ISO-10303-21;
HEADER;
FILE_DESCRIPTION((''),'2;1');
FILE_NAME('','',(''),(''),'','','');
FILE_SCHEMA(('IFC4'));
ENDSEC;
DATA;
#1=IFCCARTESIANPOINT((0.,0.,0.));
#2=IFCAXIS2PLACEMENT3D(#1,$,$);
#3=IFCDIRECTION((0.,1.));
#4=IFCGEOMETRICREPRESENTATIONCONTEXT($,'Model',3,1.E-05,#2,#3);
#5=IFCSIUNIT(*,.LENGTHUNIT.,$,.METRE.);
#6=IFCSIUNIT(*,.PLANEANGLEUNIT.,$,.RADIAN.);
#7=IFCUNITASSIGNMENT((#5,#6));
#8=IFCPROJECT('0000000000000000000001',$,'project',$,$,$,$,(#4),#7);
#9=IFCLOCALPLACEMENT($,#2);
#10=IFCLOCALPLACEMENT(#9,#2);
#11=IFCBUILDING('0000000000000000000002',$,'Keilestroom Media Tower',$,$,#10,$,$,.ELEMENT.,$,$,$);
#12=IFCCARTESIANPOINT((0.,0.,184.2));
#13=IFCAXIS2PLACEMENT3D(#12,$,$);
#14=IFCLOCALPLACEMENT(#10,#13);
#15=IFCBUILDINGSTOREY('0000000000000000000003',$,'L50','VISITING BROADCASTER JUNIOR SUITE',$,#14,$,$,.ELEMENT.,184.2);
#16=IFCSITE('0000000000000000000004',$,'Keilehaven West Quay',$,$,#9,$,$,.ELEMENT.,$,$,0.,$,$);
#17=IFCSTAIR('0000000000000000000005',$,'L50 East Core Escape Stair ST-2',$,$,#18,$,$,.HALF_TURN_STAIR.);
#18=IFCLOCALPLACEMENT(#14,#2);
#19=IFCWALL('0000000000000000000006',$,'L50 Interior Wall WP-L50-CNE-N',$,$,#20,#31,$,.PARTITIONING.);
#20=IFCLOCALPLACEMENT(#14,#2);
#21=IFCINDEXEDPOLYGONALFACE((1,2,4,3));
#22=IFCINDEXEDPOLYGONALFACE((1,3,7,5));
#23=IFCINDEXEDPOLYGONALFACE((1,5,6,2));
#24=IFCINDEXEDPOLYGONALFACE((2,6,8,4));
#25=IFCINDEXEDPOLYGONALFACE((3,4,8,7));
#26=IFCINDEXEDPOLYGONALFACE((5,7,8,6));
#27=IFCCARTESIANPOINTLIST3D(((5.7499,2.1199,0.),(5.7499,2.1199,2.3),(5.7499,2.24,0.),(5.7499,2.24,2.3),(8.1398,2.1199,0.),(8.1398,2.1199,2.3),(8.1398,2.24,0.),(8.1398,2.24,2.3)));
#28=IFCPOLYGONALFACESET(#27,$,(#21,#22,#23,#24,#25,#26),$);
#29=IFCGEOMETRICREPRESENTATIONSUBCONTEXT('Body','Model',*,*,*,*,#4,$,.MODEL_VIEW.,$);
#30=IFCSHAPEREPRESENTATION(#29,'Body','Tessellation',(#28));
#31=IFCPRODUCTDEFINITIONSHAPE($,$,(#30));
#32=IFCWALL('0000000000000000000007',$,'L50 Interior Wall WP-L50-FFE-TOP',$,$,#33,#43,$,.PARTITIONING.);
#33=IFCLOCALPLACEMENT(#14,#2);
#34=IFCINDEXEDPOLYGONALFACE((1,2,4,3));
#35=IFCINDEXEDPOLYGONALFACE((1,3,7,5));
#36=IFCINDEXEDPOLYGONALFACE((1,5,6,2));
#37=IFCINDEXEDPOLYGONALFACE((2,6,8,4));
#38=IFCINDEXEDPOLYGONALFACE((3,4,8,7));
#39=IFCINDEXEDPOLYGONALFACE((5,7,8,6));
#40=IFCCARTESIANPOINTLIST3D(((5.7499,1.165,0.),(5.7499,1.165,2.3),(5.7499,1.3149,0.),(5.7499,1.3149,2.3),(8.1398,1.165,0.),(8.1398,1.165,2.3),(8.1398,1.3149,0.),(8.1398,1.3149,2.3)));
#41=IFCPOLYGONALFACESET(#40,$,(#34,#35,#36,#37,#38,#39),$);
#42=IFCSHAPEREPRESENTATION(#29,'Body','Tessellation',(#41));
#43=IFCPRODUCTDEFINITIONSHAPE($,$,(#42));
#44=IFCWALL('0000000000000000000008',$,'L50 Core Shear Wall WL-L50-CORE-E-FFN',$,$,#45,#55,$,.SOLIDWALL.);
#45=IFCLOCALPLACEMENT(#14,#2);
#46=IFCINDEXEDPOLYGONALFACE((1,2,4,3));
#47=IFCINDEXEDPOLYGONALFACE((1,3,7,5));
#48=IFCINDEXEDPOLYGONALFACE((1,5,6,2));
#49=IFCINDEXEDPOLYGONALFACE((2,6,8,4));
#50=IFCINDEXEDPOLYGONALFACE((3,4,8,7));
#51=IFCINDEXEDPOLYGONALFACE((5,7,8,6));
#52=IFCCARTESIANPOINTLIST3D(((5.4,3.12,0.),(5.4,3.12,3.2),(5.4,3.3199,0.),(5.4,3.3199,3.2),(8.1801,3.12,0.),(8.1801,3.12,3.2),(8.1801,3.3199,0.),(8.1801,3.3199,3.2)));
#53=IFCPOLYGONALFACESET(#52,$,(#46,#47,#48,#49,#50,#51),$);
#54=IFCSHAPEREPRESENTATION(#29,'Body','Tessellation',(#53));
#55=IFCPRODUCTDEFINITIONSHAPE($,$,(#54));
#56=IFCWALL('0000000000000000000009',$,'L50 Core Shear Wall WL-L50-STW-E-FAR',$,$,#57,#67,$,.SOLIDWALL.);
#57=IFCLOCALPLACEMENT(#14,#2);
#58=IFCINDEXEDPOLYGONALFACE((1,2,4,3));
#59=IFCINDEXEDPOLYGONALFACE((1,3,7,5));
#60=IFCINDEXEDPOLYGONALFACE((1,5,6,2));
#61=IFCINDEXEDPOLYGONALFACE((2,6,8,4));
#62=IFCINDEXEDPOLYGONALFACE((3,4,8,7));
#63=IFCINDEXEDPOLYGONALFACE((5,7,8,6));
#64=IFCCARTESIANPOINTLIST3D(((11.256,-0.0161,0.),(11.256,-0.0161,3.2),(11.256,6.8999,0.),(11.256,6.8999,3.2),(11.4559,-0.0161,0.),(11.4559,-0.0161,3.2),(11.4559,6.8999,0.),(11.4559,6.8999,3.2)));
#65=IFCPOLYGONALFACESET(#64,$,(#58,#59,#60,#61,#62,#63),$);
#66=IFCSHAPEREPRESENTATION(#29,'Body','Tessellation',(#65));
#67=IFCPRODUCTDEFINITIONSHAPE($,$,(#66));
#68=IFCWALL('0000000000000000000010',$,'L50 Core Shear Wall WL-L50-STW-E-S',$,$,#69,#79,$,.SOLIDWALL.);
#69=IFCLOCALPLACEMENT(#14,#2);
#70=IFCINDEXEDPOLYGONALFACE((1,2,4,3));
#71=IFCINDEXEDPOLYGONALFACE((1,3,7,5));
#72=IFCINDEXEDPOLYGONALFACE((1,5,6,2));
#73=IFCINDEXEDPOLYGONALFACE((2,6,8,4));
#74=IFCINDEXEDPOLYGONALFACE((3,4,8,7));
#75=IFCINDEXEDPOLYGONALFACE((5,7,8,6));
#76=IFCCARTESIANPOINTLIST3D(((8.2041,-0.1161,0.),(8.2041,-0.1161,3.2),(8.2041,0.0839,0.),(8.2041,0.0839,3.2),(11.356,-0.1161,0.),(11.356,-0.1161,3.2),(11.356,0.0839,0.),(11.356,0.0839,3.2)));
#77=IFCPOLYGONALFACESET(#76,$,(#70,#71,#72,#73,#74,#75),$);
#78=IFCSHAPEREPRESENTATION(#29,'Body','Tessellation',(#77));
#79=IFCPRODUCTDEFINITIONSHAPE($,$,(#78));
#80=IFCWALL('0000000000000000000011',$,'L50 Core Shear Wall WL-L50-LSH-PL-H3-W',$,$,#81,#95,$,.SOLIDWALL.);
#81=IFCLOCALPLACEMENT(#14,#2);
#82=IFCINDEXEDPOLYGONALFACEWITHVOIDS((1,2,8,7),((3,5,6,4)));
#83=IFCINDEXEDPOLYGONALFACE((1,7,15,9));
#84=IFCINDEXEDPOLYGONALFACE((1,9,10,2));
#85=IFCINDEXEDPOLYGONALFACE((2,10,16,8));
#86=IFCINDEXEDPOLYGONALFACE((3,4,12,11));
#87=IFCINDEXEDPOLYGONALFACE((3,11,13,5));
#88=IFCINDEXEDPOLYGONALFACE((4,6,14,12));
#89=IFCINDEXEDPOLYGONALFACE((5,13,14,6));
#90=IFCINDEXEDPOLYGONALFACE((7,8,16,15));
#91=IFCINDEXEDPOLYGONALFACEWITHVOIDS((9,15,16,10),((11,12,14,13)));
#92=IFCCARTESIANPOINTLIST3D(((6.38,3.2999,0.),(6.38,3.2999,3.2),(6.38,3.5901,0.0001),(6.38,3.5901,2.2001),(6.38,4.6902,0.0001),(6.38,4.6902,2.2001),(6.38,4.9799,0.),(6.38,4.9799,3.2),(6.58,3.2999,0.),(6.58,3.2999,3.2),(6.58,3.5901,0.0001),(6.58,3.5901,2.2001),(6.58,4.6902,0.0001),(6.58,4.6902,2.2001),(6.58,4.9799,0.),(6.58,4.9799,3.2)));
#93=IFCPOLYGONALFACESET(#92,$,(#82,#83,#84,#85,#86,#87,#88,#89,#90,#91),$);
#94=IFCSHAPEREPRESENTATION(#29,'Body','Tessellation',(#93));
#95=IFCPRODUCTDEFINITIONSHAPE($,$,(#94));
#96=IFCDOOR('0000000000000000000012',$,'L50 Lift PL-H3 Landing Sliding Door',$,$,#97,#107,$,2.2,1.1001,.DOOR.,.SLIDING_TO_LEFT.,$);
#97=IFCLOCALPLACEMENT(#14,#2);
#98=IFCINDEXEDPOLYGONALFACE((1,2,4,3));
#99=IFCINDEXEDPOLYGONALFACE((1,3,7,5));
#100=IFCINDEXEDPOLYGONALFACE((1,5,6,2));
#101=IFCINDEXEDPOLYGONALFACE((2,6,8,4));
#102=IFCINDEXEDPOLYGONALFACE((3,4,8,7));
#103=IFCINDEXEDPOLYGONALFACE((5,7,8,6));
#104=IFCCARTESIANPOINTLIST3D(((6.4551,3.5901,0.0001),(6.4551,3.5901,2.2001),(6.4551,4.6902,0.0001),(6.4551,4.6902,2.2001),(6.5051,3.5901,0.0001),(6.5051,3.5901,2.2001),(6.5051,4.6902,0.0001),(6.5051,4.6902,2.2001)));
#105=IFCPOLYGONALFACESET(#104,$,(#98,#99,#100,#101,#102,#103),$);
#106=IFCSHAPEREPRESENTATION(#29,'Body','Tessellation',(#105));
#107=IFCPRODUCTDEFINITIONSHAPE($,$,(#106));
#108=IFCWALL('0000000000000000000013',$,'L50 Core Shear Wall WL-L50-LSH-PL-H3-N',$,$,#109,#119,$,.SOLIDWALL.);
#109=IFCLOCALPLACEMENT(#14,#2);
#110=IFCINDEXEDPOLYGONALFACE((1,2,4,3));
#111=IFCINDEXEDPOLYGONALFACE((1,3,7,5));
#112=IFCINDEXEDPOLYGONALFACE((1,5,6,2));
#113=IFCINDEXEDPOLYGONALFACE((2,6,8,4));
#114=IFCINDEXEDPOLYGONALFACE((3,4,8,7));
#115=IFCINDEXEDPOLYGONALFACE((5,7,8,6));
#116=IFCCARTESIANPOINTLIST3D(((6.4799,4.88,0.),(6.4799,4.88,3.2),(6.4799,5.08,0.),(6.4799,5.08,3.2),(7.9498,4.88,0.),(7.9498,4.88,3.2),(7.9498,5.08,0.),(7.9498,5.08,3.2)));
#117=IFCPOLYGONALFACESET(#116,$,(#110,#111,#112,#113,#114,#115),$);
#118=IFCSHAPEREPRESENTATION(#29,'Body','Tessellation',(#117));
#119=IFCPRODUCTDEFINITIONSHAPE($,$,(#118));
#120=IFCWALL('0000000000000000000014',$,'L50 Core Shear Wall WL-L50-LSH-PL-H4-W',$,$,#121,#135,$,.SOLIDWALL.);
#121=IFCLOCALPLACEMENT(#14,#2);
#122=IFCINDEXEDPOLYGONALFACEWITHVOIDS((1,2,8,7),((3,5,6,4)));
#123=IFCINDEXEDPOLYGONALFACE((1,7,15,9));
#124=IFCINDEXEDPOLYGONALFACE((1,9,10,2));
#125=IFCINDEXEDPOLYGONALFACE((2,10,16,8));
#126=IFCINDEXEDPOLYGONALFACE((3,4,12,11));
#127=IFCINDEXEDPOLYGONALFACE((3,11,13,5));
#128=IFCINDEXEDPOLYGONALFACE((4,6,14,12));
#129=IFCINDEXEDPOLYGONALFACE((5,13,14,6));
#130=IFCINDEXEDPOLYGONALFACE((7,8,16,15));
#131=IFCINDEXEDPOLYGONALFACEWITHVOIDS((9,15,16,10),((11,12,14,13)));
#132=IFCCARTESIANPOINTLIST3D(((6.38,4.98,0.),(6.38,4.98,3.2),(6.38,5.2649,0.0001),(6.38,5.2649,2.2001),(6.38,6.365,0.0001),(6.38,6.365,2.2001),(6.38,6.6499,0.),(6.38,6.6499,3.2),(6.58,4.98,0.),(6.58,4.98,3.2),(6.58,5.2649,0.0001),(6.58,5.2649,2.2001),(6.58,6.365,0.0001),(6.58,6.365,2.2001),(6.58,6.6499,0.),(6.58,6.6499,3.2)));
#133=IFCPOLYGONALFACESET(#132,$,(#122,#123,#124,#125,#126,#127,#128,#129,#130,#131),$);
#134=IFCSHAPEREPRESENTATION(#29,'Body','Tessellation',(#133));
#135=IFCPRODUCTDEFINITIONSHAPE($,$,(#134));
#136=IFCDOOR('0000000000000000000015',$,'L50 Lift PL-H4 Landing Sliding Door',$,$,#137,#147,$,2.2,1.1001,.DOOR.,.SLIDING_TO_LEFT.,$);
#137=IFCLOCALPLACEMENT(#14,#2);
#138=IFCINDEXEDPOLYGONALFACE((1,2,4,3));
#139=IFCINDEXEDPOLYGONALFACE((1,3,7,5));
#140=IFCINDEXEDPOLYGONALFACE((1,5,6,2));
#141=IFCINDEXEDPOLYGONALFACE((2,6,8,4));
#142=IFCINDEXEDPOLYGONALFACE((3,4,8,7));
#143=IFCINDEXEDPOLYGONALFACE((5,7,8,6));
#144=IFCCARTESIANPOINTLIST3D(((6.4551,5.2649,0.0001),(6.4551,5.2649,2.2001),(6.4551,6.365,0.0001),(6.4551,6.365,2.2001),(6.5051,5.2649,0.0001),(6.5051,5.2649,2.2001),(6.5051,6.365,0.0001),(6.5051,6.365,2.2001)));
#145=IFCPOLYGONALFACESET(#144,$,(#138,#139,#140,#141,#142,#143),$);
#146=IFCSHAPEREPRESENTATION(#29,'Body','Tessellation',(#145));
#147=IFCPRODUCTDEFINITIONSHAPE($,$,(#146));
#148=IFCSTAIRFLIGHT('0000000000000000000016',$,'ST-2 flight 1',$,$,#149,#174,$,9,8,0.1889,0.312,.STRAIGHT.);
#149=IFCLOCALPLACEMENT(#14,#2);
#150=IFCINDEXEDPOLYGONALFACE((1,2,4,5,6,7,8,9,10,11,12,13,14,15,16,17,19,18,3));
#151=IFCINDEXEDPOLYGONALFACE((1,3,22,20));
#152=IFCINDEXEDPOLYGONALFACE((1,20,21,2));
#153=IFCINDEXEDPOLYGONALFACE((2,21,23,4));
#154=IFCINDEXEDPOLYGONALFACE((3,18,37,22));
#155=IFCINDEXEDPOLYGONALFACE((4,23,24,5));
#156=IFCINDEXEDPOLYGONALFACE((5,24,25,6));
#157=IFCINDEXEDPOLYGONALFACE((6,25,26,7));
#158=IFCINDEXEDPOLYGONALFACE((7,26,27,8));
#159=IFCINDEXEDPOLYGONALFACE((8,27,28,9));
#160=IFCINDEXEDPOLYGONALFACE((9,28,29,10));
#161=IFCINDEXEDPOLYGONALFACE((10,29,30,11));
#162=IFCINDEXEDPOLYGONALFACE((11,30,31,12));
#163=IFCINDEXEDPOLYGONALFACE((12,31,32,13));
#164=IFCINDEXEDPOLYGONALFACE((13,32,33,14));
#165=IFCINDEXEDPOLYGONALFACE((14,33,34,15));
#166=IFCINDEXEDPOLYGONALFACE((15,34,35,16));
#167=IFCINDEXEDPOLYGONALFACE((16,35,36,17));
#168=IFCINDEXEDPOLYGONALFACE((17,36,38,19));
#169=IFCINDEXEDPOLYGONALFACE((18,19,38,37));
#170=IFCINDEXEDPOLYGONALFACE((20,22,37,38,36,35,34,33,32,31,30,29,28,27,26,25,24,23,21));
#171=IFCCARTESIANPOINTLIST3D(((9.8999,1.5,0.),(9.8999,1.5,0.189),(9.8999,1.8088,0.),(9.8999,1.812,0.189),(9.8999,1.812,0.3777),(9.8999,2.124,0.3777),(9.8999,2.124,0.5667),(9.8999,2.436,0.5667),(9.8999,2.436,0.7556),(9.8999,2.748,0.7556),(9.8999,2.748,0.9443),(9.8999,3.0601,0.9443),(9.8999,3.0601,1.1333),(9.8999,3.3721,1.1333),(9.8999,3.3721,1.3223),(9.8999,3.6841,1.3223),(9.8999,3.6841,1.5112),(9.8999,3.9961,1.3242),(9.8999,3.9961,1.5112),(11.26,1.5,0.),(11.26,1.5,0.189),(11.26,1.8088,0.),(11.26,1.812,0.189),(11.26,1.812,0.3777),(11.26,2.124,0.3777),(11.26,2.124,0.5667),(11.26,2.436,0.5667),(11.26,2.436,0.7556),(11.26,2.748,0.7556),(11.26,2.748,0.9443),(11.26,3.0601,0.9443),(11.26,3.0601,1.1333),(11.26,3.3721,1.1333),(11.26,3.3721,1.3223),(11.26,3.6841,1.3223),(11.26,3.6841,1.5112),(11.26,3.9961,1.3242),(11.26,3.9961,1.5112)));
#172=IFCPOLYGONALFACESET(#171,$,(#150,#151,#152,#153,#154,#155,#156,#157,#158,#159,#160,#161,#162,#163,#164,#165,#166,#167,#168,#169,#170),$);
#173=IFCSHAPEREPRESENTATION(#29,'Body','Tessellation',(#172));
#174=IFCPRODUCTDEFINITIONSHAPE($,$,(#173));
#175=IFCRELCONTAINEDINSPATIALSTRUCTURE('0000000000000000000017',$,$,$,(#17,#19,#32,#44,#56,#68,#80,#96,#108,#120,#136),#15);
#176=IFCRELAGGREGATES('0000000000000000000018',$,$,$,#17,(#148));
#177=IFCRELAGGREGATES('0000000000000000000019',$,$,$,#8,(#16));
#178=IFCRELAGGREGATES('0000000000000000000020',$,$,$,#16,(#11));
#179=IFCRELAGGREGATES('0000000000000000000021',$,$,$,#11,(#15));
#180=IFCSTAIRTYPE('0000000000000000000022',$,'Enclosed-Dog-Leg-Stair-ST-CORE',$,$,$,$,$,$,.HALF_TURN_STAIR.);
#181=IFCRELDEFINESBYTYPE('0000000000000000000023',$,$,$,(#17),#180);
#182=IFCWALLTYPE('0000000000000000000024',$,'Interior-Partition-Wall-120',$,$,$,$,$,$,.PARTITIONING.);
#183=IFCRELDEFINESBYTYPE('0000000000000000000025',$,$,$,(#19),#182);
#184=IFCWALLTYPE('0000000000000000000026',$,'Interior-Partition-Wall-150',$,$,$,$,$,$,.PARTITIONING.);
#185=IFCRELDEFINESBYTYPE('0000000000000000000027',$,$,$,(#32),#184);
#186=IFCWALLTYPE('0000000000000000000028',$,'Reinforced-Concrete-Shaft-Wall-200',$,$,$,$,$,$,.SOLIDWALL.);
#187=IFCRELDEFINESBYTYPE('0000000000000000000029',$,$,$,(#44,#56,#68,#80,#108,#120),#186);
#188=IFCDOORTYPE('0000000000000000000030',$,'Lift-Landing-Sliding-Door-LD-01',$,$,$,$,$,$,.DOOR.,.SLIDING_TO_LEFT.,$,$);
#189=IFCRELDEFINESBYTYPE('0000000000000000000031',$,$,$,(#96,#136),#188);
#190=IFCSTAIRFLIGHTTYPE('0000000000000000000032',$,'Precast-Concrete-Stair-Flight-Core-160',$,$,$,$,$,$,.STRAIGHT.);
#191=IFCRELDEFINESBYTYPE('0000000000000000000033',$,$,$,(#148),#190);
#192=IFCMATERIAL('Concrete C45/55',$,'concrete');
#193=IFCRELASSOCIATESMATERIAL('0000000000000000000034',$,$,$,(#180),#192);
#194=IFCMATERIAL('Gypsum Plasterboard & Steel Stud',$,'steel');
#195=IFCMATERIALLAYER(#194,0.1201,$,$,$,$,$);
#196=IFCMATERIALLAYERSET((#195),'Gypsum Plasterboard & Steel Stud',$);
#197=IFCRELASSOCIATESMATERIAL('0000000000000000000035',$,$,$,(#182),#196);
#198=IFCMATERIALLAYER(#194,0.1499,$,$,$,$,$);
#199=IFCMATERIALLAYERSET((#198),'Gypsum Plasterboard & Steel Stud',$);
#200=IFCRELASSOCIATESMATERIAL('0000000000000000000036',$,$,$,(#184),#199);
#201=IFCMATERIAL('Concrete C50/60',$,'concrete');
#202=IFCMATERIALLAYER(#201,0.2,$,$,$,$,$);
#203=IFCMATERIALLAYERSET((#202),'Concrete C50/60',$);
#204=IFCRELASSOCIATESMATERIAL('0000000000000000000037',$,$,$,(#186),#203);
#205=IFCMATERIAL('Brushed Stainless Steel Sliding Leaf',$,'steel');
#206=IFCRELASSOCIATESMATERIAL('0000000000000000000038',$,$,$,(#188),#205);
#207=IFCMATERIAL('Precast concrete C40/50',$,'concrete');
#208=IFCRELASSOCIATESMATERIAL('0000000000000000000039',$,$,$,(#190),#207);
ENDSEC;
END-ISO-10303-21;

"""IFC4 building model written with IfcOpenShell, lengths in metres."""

from ifc_helpers import new_model, si_unit, direction, frame, frame_2d, origin, place, context, subcontext, project, spatial, polyline, rectangle, outline, extrude, source, transform, mapped, material, layer, layer_set, type_object, element, fill, aggregate, save


model = new_model("IFC4")

# Units and contexts
model_context = context("Model", 3, precision=1e-05, world=origin(), true_north=direction((0.0, 1.0)))
body_context = subcontext(model_context, "Body", "Model", "MODEL_VIEW")
ifc_project = project(units=[si_unit("LENGTHUNIT", "METRE"), si_unit("PLANEANGLEUNIT", "RADIAN")], contexts=[model_context])

# Site, building, storey
site_placement = place(None, origin())
site = spatial("IfcSite", under=ifc_project, at=site_placement, Name="Keilehaven West Quay", CompositionType="ELEMENT", RefElevation=0.0)
building_placement = place(site_placement, origin())
building = spatial("IfcBuilding", under=site, at=building_placement, Name="Keilestroom Media Tower", CompositionType="ELEMENT")
storey_placement = place(building_placement, frame((0.0, 0.0, 184.2)))
storey = spatial("IfcBuildingStorey", under=building, at=storey_placement, Name="L50", Description="VISITING BROADCASTER JUNIOR SUITE", CompositionType="ELEMENT", Elevation=184.2)

# Shared definitions
ifc_material_1 = material(Name="Concrete C50/60", Category="concrete")

# Stair
ifc_material_2 = material(Name="Concrete C45/55", Category="concrete")
stair_type = type_object("IfcStairType", Name="Enclosed-Dog-Leg-Stair-ST-CORE", PredefinedType="HALF_TURN_STAIR", material=ifc_material_2)
stair_1_placement = place(storey_placement, origin())
stair_1 = element("IfcStair", 1, at=stair_1_placement, inside=storey, type_object=stair_type, Name="L50 East Core Escape Stair ST-2", PredefinedType="HALF_TURN_STAIR")

# Walls
ifc_material_3 = material(Name="Gypsum Plasterboard & Steel Stud", Category="steel")
ifc_layer_1 = layer(ifc_material_3, 0.1201)
ifc_layer_set_1 = layer_set([ifc_layer_1], Name="Gypsum Plasterboard & Steel Stud")
wall_type_1 = type_object("IfcWallType", Name="Interior-Partition-Wall-120", PredefinedType="PARTITIONING", material=ifc_layer_set_1)
wall_1_placement = place(storey_placement, frame((5.75, 2.1799, 0.0), z_axis=(0.0, 0.0, 1.0), x_axis=(1.0, 0.0, 0.0)))
element("IfcWall", 2, at=wall_1_placement, inside=storey, type_object=wall_type_1, Name="L50 Interior Wall WP-L50-CNE-N", PredefinedType="PARTITIONING", context=body_context, shape_type="SweptSolid", body=[
    extrude(rectangle(XDim=2.3899, YDim=0.1201, at=frame_2d((1.1948, 0.0))), origin(), (0.0, 0.0, 1.0), 2.3),
])
ifc_layer_2 = layer(ifc_material_3, 0.1499)
ifc_layer_set_2 = layer_set([ifc_layer_2], Name="Gypsum Plasterboard & Steel Stud")
wall_type_2 = type_object("IfcWallType", Name="Interior-Partition-Wall-150", PredefinedType="PARTITIONING", material=ifc_layer_set_2)
wall_2_placement = place(storey_placement, frame((5.75, 1.24, 0.0), z_axis=(0.0, 0.0, 1.0), x_axis=(1.0, 0.0, 0.0)))
element("IfcWall", 3, at=wall_2_placement, inside=storey, type_object=wall_type_2, Name="L50 Interior Wall WP-L50-FFE-TOP", PredefinedType="PARTITIONING", context=body_context, shape_type="SweptSolid", body=[
    extrude(rectangle(XDim=2.3899, YDim=0.1499, at=frame_2d((1.1948, 0.0))), origin(), (0.0, 0.0, 1.0), 2.3),
])
ifc_layer_3 = layer(ifc_material_1, 0.2)
ifc_layer_set_3 = layer_set([ifc_layer_3], Name="Concrete C50/60")
wall_type_3 = type_object("IfcWallType", Name="Reinforced-Concrete-Shaft-Wall-200", PredefinedType="SOLIDWALL", material=ifc_layer_set_3)
wall_3_placement = place(storey_placement, frame((5.3999, 3.22, 0.0), z_axis=(0.0, 0.0, 1.0), x_axis=(1.0, 0.0, 0.0)))
element("IfcWall", 4, at=wall_3_placement, inside=storey, type_object=wall_type_3, Name="L50 Core Shear Wall WL-L50-CORE-E-FFN", PredefinedType="SOLIDWALL", context=body_context, shape_type="SweptSolid", body=[
    extrude(rectangle(XDim=2.78, YDim=0.2, at=frame_2d((1.3901, 0.0))), origin(), (0.0, 0.0, 1.0), 3.2),
])
wall_4_placement = place(storey_placement, frame((11.356, -0.0161, 0.0), z_axis=(0.0, 0.0, 1.0), x_axis=(0.0, 1.0, 0.0)))
element("IfcWall", 5, at=wall_4_placement, inside=storey, type_object=wall_type_3, Name="L50 Core Shear Wall WL-L50-STW-E-FAR", PredefinedType="SOLIDWALL", context=body_context, shape_type="SweptSolid", body=[
    extrude(rectangle(XDim=6.916, YDim=0.2, at=frame_2d((3.458, 0.0))), origin(), (0.0, 0.0, 1.0), 3.2),
])
wall_5_placement = place(storey_placement, frame((8.2041, -0.0161, 0.0), z_axis=(0.0, 0.0, 1.0), x_axis=(1.0, 0.0, 0.0)))
element("IfcWall", 6, at=wall_5_placement, inside=storey, type_object=wall_type_3, Name="L50 Core Shear Wall WL-L50-STW-E-S", PredefinedType="SOLIDWALL", context=body_context, shape_type="SweptSolid", body=[
    extrude(rectangle(XDim=3.1519, YDim=0.2, at=frame_2d((1.5759, 0.0))), origin(), (0.0, 0.0, 1.0), 3.2),
])

# Wall, opening, door
wall_6_placement = place(storey_placement, frame((6.48, 3.3, 0.0), z_axis=(0.0, 0.0, 1.0), x_axis=(0.0, 1.0, 0.0)))
wall_6 = element("IfcWall", 7, at=wall_6_placement, inside=storey, type_object=wall_type_3, Name="L50 Core Shear Wall WL-L50-LSH-PL-H3-W", PredefinedType="SOLIDWALL", context=body_context, shape_type="SweptSolid", body=[
    extrude(rectangle(XDim=1.6799, YDim=0.2, at=frame_2d((0.8398, 0.0))), origin(), (0.0, 0.0, 1.0), 3.2),
])
opening_1_placement = place(wall_6_placement, frame((0.29, 0.0, 0.0)))
opening_1 = element("IfcOpeningElement", 8, at=opening_1_placement, cuts=wall_6, PredefinedType="OPENING", context=body_context, shape_type="SweptSolid", body=[
    extrude(rectangle(XDim=1.1001, YDim=2.2, at=frame_2d((0.55, 1.1001))), frame((0.0, 0.1099, 0.0), z_axis=(0.0, -1.0, 0.0), x_axis=(1.0, 0.0, 0.0)), (0.0, 0.0, 1.0), 0.22),
])
ifc_material_4 = material(Name="Brushed Stainless Steel Sliding Leaf", Category="steel")
door_type = type_object("IfcDoorType", Name="Lift-Landing-Sliding-Door-LD-01", OperationType="SLIDING_TO_LEFT", PredefinedType="DOOR", material=ifc_material_4)
shared_shape_1 = source(origin(), body_context, "Body", "SweptSolid", [
    extrude(rectangle(XDim=1.1001, YDim=2.2, at=frame_2d((0.55, 1.1001))), frame((0.0, 0.0249, 0.0), z_axis=(0.0, -1.0, 0.0), x_axis=(1.0, 0.0, 0.0)), (0.0, 0.0, 1.0), 0.05),
])
door_1_placement = place(opening_1_placement, origin())
door_1 = element("IfcDoor", 9, at=door_1_placement, inside=storey, type_object=door_type, Name="L50 Lift PL-H3 Landing Sliding Door", OperationType="SLIDING_TO_LEFT", OverallHeight=2.2, OverallWidth=1.1001, PredefinedType="DOOR", context=body_context, shape_type="MappedRepresentation", body=[
    mapped(shared_shape_1, transform((0.0, 0.0, 0.0), x_axis=(1.0, 0.0, 0.0), y_axis=(0.0, 1.0, 0.0), z_axis=(0.0, 0.0, 1.0), scale=1.0)),
])
fill(opening_1, door_1)

# Wall
wall_7_placement = place(storey_placement, frame((6.48, 4.98, 0.0), z_axis=(0.0, 0.0, 1.0), x_axis=(1.0, 0.0, 0.0)))
element("IfcWall", 10, at=wall_7_placement, inside=storey, type_object=wall_type_3, Name="L50 Core Shear Wall WL-L50-LSH-PL-H3-N", PredefinedType="SOLIDWALL", context=body_context, shape_type="SweptSolid", body=[
    extrude(rectangle(XDim=1.47, YDim=0.2, at=frame_2d((0.7349, 0.0))), origin(), (0.0, 0.0, 1.0), 3.2),
])

# Wall, opening, door
wall_8_placement = place(storey_placement, frame((6.48, 4.98, 0.0), z_axis=(0.0, 0.0, 1.0), x_axis=(0.0, 1.0, 0.0)))
wall_8 = element("IfcWall", 11, at=wall_8_placement, inside=storey, type_object=wall_type_3, Name="L50 Core Shear Wall WL-L50-LSH-PL-H4-W", PredefinedType="SOLIDWALL", context=body_context, shape_type="SweptSolid", body=[
    extrude(rectangle(XDim=1.6699, YDim=0.2, at=frame_2d((0.835, 0.0))), origin(), (0.0, 0.0, 1.0), 3.2),
])
opening_2_placement = place(wall_8_placement, frame((0.2849, 0.0, 0.0)))
opening_2 = element("IfcOpeningElement", 12, at=opening_2_placement, cuts=wall_8, PredefinedType="OPENING", context=body_context, shape_type="SweptSolid", body=[
    extrude(rectangle(XDim=1.1001, YDim=2.2, at=frame_2d((0.55, 1.1001))), frame((0.0, 0.1099, 0.0), z_axis=(0.0, -1.0, 0.0), x_axis=(1.0, 0.0, 0.0)), (0.0, 0.0, 1.0), 0.22),
])
door_2_placement = place(opening_2_placement, origin())
door_2 = element("IfcDoor", 13, at=door_2_placement, inside=storey, type_object=door_type, Name="L50 Lift PL-H4 Landing Sliding Door", OperationType="SLIDING_TO_LEFT", OverallHeight=2.2, OverallWidth=1.1001, PredefinedType="DOOR", context=body_context, shape_type="MappedRepresentation", body=[
    mapped(shared_shape_1, transform((0.0, 0.0, 0.0), x_axis=(1.0, 0.0, 0.0), y_axis=(0.0, 1.0, 0.0), z_axis=(0.0, 0.0, 1.0), scale=1.0)),
])
fill(opening_2, door_2)

# Stair flight
ifc_material_5 = material(Name="Precast concrete C40/50", Category="concrete")
stair_flight_type = type_object("IfcStairFlightType", Name="Precast-Concrete-Stair-Flight-Core-160", PredefinedType="STRAIGHT", material=ifc_material_5)
stair_flight_1_placement = place(storey_placement, frame((10.5801, 1.5, 0.0), z_axis=(0.0, 0.0, 1.0), x_axis=(0.0, 1.0, 0.0)))
stair_flight_1 = element("IfcStairFlight", 14, at=stair_flight_1_placement, type_object=stair_flight_type, Name="ST-2 flight 1", NumberOfRisers=9, NumberOfTreads=8, PredefinedType="STRAIGHT", RiserHeight=0.1889, TreadLength=0.312, context=body_context, shape_type="SweptSolid", body=[
    extrude(outline(polyline([(0.0, 0.0), (0.0, 0.189), (0.312, 0.189), (0.312, 0.3777), (0.624, 0.3777), (0.624, 0.5667), (0.936, 0.5667), (0.936, 0.7556), (1.248, 0.7556), (1.248, 0.9443), (1.5601, 0.9443), (1.5601, 1.1333), (1.8721, 1.1333), (1.8721, 1.3223), (2.1841, 1.3223), (2.1841, 1.5112), (2.4961, 1.5112), (2.4961, 1.7), (2.4961, 1.3242), (0.3088, 0.0), (0.0, 0.0)])), frame((0.0, 0.6802, 0.0), z_axis=(0.0, -1.0, 0.0), x_axis=(1.0, 0.0, 0.0)), (0.0, 0.0, 1.0), 1.3601),
])
aggregate(stair_1, [stair_flight_1])

save(model, "model.ifc")
